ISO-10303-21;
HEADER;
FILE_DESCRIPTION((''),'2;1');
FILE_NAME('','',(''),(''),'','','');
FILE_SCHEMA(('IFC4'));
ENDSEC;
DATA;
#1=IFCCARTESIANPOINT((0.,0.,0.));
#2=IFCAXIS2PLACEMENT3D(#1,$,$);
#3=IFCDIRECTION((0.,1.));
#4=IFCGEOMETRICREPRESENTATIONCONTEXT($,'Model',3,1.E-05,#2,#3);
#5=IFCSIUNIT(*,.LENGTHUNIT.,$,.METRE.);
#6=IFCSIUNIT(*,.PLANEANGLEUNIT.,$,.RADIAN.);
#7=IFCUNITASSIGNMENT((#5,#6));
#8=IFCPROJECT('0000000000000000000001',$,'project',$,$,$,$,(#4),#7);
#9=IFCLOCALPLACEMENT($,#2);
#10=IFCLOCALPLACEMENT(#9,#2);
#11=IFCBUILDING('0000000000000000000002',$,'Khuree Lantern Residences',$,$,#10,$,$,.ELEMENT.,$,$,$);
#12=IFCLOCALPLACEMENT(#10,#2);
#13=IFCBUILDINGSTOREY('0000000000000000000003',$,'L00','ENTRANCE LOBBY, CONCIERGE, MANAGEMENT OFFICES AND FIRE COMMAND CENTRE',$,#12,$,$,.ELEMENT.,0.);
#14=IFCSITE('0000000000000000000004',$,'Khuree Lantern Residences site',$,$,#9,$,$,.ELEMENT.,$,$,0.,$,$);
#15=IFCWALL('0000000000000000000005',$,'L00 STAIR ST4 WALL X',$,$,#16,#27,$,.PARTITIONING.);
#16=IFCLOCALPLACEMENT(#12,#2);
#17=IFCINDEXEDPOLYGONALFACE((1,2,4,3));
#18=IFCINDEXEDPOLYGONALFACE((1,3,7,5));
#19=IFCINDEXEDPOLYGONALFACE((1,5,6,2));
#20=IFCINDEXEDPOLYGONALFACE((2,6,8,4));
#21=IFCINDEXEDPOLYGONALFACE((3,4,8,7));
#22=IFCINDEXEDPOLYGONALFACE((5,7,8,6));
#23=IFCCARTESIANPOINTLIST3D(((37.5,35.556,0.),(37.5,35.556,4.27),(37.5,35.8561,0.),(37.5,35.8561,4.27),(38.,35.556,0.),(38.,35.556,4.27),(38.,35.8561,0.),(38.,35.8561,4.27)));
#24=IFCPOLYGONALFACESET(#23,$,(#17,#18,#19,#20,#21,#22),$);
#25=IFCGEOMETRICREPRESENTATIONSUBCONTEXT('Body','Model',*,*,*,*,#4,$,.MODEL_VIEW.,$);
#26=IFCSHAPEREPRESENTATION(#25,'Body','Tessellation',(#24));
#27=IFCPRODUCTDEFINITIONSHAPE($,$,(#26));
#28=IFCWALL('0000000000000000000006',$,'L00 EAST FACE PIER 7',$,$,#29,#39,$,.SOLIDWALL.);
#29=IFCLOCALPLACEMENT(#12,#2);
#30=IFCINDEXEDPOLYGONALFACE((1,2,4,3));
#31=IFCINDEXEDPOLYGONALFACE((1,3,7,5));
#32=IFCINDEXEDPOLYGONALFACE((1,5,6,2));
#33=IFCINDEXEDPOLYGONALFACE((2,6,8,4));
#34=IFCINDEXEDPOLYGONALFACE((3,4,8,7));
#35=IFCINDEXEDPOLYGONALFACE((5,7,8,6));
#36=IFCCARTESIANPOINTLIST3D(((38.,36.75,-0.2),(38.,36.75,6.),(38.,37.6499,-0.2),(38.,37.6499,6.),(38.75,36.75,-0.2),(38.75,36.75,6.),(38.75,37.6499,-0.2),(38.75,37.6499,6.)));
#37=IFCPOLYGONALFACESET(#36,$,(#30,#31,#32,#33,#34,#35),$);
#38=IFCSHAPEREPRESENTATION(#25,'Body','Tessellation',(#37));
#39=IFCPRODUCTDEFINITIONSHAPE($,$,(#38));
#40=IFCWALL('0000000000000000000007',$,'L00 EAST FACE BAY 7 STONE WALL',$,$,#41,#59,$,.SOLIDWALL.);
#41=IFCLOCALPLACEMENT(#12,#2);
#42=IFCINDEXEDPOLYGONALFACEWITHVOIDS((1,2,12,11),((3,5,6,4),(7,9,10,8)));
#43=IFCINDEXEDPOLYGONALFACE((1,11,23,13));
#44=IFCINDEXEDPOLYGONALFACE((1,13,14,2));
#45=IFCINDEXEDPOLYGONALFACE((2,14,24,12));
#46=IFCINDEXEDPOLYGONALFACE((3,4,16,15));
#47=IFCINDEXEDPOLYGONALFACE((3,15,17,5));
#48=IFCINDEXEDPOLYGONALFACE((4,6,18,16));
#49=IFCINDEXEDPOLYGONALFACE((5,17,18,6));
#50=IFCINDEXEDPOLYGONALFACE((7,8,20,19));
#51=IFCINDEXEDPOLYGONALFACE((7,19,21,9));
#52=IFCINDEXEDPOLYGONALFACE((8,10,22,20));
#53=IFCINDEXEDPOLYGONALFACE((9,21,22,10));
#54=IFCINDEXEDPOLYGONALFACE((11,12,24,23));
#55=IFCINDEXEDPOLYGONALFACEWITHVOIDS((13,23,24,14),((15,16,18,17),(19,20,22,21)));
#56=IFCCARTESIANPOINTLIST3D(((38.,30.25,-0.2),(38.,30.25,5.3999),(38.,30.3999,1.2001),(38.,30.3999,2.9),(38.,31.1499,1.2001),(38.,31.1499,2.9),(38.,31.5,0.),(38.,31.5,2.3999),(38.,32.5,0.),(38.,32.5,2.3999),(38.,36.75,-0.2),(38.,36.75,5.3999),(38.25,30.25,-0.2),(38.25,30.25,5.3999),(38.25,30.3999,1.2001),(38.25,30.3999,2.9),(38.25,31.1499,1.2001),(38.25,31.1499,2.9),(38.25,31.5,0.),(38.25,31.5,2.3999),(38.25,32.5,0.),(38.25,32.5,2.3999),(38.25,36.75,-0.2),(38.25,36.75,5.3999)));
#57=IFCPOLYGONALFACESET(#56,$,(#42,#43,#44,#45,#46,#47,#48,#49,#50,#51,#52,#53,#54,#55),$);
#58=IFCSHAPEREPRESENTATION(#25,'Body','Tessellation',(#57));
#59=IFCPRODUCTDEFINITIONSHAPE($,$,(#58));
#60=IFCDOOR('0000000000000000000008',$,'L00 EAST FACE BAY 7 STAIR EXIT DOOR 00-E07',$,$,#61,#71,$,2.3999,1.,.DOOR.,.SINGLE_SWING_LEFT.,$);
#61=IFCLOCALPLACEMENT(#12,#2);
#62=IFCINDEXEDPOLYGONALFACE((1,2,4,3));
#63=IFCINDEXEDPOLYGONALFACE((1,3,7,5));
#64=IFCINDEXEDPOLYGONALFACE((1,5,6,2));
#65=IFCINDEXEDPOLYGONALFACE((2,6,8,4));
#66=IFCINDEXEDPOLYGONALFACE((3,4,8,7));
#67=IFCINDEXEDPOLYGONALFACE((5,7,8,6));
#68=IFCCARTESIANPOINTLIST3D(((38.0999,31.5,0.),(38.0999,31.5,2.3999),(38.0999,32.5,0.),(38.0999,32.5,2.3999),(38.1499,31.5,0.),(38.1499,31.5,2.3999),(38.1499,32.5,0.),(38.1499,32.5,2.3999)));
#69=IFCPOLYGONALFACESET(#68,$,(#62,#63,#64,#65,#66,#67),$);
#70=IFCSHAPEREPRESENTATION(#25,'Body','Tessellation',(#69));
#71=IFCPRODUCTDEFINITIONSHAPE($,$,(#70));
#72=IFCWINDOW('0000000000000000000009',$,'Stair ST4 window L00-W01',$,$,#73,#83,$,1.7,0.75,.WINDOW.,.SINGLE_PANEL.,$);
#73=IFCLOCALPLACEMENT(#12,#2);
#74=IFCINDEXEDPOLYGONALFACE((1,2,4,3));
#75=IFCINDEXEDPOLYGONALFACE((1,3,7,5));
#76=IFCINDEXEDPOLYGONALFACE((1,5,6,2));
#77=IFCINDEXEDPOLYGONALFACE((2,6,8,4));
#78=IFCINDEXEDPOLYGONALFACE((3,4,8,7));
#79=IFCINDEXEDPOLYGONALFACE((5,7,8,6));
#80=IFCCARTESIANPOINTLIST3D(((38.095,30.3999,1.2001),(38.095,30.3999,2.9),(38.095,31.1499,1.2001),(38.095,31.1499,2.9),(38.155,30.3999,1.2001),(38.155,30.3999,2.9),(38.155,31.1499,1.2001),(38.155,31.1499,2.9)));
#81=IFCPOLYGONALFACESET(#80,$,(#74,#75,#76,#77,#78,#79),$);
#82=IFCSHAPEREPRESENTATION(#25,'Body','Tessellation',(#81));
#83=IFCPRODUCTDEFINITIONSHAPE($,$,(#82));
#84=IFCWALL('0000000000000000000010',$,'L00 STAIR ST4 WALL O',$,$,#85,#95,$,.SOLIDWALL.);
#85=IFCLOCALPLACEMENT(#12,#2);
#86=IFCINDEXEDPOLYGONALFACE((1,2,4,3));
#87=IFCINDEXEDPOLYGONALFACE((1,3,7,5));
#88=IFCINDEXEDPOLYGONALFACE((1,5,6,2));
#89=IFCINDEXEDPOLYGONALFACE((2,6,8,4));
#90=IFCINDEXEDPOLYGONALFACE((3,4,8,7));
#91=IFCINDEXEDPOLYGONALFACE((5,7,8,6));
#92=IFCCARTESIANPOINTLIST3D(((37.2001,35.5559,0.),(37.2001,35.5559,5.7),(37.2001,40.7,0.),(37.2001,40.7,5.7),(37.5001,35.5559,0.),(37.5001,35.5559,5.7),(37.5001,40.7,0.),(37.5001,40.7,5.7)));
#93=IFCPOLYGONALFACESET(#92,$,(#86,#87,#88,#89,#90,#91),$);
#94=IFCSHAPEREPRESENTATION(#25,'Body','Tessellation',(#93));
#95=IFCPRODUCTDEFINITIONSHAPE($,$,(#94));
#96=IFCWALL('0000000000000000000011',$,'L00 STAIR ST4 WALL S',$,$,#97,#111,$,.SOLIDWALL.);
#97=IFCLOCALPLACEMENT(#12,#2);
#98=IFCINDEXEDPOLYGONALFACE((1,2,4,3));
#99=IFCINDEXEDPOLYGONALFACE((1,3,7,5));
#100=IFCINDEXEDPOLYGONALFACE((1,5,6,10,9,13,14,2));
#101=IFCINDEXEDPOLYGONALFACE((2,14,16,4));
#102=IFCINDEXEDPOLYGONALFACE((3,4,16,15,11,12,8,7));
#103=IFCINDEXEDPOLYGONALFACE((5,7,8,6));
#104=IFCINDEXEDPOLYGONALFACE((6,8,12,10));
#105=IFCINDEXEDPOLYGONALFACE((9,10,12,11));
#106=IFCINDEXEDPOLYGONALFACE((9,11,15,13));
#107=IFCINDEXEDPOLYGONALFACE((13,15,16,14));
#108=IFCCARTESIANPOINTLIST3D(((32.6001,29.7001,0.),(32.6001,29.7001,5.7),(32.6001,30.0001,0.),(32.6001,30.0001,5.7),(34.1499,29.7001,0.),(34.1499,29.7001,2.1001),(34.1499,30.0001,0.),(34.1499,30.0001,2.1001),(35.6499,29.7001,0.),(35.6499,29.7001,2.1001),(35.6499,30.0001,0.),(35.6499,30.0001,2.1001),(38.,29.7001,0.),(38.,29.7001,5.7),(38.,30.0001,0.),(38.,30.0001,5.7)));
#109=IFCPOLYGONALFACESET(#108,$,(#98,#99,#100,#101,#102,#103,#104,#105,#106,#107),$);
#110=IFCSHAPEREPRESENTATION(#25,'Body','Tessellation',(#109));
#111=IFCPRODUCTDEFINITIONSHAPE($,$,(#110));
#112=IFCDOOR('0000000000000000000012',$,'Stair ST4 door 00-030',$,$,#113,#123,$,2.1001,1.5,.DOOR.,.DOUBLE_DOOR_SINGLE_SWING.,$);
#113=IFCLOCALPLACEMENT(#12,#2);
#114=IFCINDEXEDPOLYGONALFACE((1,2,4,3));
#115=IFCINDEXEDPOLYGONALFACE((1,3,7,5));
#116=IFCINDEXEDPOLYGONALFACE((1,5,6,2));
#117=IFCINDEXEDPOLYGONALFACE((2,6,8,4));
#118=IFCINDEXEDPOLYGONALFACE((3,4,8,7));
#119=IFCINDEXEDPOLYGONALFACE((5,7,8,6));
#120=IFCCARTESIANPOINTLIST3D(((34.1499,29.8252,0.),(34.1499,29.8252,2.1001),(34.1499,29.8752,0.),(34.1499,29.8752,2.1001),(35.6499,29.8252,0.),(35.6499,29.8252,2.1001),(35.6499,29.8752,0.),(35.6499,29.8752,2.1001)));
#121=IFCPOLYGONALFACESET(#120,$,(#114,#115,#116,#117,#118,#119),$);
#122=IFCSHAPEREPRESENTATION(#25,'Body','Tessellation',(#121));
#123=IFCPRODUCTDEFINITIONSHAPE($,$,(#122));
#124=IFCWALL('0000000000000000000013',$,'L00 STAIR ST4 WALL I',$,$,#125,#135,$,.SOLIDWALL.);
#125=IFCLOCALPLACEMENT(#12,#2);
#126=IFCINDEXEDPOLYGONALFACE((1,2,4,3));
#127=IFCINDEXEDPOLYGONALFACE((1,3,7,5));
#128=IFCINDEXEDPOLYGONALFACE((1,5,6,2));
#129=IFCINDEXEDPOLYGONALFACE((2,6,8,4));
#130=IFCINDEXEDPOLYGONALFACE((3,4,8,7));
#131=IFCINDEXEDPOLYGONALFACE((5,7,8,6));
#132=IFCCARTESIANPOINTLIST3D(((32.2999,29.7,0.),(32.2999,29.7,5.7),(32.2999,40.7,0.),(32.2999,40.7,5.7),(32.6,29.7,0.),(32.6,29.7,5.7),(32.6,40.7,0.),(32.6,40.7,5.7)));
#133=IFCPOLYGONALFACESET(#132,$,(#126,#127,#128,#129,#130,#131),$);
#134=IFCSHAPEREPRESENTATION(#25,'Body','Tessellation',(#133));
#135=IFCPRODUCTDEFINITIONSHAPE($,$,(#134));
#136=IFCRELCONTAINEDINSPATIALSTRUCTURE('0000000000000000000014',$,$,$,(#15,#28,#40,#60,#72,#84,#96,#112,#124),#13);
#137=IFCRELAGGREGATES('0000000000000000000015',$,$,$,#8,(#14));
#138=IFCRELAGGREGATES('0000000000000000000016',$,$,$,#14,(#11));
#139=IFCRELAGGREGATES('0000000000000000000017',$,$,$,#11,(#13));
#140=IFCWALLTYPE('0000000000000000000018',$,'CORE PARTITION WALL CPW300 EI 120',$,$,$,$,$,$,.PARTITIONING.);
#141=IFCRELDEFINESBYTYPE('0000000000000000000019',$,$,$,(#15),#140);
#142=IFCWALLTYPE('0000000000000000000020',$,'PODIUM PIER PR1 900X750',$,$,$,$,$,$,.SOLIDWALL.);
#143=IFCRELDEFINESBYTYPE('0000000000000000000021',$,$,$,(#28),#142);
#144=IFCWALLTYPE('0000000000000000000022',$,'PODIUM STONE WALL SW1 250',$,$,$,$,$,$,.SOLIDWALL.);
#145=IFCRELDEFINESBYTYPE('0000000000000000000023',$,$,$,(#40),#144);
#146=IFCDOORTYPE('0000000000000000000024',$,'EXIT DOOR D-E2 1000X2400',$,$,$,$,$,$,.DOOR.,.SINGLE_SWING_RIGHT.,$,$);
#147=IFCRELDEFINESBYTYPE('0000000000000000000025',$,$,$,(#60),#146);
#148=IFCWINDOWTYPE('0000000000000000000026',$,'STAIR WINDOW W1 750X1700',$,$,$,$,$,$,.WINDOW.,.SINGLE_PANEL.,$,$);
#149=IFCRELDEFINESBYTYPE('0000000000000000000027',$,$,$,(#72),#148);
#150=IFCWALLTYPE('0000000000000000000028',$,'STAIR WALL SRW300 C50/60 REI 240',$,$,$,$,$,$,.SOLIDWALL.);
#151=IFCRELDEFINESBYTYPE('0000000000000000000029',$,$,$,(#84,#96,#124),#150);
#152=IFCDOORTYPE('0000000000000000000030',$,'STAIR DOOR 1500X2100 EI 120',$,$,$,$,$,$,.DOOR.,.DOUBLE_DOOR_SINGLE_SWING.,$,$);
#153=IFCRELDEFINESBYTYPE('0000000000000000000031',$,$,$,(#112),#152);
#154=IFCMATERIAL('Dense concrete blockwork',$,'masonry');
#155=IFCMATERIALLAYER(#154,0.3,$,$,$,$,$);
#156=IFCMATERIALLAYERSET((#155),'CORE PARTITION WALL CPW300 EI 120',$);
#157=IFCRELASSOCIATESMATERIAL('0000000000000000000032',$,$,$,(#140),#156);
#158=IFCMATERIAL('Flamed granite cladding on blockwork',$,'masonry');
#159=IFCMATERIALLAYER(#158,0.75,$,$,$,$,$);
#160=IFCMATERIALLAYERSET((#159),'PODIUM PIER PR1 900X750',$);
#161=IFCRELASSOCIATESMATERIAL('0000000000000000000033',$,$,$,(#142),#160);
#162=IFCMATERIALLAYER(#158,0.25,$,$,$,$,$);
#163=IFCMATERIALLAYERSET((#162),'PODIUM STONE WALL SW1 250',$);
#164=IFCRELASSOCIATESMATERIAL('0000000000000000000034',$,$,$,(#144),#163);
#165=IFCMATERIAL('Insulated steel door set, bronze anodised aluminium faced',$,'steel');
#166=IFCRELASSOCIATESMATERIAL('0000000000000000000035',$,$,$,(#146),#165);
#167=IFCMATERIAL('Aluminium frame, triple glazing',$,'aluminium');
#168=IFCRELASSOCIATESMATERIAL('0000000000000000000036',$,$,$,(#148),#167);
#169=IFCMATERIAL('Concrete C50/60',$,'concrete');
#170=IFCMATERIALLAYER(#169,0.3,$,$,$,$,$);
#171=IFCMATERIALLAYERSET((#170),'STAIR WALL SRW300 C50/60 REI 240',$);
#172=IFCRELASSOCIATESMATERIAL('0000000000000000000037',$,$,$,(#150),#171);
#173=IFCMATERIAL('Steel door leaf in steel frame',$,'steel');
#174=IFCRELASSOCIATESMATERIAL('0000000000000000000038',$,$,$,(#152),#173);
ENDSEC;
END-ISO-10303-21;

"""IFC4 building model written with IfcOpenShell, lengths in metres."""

from ifc_helpers import new_model, si_unit, direction, frame, frame_2d, origin, place, context, subcontext, project, spatial, rectangle, extrude, material, layer, layer_set, type_object, element, fill, save


model = new_model("IFC4")

# Units and contexts
model_context = context("Model", 3, precision=1e-05, world=origin(), true_north=direction((0.0, 1.0)))
body_context = subcontext(model_context, "Body", "Model", "MODEL_VIEW")
ifc_project = project(units=[si_unit("LENGTHUNIT", "METRE"), si_unit("PLANEANGLEUNIT", "RADIAN")], contexts=[model_context])

# Site, building, storey
site_placement = place(None, origin())
site = spatial("IfcSite", under=ifc_project, at=site_placement, Name="Khuree Lantern Residences site", CompositionType="ELEMENT", RefElevation=0.0)
building_placement = place(site_placement, origin())
building = spatial("IfcBuilding", under=site, at=building_placement, Name="Khuree Lantern Residences", CompositionType="ELEMENT")
storey_placement = place(building_placement, origin())
storey = spatial("IfcBuildingStorey", under=building, at=storey_placement, Name="L00", Description="ENTRANCE LOBBY, CONCIERGE, MANAGEMENT OFFICES AND FIRE COMMAND CENTRE", CompositionType="ELEMENT", Elevation=0.0)

# Walls
ifc_material_1 = material(Name="Dense concrete blockwork", Category="masonry")
ifc_layer_1 = layer(ifc_material_1, 0.3)
ifc_layer_set_1 = layer_set([ifc_layer_1], Name="CORE PARTITION WALL CPW300 EI 120")
wall_type_1 = type_object("IfcWallType", Name="CORE PARTITION WALL CPW300 EI 120", PredefinedType="PARTITIONING", material=ifc_layer_set_1)
wall_1_placement = place(storey_placement, frame((38.0, 35.7061, 0.0), z_axis=(0.0, 0.0, 1.0), x_axis=(-1.0, 0.0, 0.0)))
element("IfcWall", 1, at=wall_1_placement, inside=storey, type_object=wall_type_1, Name="L00 STAIR ST4 WALL X", PredefinedType="PARTITIONING", context=body_context, shape_type="SweptSolid", body=[
    extrude(rectangle(XDim=0.5, YDim=0.3, at=frame_2d((0.25, 0.0))), origin(), (0.0, 0.0, 1.0), 4.27),
])
ifc_material_2 = material(Name="Flamed granite cladding on blockwork", Category="masonry")
ifc_layer_2 = layer(ifc_material_2, 0.75)
ifc_layer_set_2 = layer_set([ifc_layer_2], Name="PODIUM PIER PR1 900X750")
wall_type_2 = type_object("IfcWallType", Name="PODIUM PIER PR1 900X750", PredefinedType="SOLIDWALL", material=ifc_layer_set_2)
wall_2_placement = place(storey_placement, frame((38.375, 36.75, -0.2), z_axis=(0.0, 0.0, 1.0), x_axis=(0.0, 1.0, 0.0)))
element("IfcWall", 2, at=wall_2_placement, inside=storey, type_object=wall_type_2, Name="L00 EAST FACE PIER 7", PredefinedType="SOLIDWALL", context=body_context, shape_type="SweptSolid", body=[
    extrude(rectangle(XDim=0.8999, YDim=0.75, at=frame_2d((0.45, 0.0))), origin(), (0.0, 0.0, 1.0), 6.2),
])

# Wall, openings, door, window
ifc_layer_3 = layer(ifc_material_2, 0.25)
ifc_layer_set_3 = layer_set([ifc_layer_3], Name="PODIUM STONE WALL SW1 250")
wall_type_3 = type_object("IfcWallType", Name="PODIUM STONE WALL SW1 250", PredefinedType="SOLIDWALL", material=ifc_layer_set_3)
wall_3_placement = place(storey_placement, frame((38.125, 30.25, -0.2), z_axis=(0.0, 0.0, 1.0), x_axis=(0.0, 1.0, 0.0)))
wall_3 = element("IfcWall", 3, at=wall_3_placement, inside=storey, type_object=wall_type_3, Name="L00 EAST FACE BAY 7 STONE WALL", PredefinedType="SOLIDWALL", context=body_context, shape_type="SweptSolid", body=[
    extrude(rectangle(XDim=6.5, YDim=0.25, at=frame_2d((3.25, 0.0))), origin(), (0.0, 0.0, 1.0), 5.5999),
])
opening_1_placement = place(wall_3_placement, frame((0.1499, 0.0, 1.3999)))
opening_1 = element("IfcOpeningElement", 4, at=opening_1_placement, cuts=wall_3, PredefinedType="OPENING", context=body_context, shape_type="SweptSolid", body=[
    extrude(rectangle(XDim=0.75, YDim=1.7, at=frame_2d((0.375, 0.8501))), frame((0.0, 0.135, 0.0), z_axis=(0.0, -1.0, 0.0), x_axis=(1.0, 0.0, 0.0)), (0.0, 0.0, 1.0), 0.27),
])
opening_2_placement = place(wall_3_placement, frame((2.25, 0.0, 0.2), z_axis=(0.0, 0.0, 1.0), x_axis=(-1.0, 0.0, 0.0)))
opening_2 = element("IfcOpeningElement", 5, at=opening_2_placement, cuts=wall_3, PredefinedType="OPENING", context=body_context, shape_type="SweptSolid", body=[
    extrude(rectangle(XDim=1.0, YDim=2.3999, at=frame_2d((0.5, 1.2))), frame((0.0, 0.135, 0.0), z_axis=(0.0, -1.0, 0.0), x_axis=(1.0, 0.0, 0.0)), (0.0, 0.0, 1.0), 0.27),
])
ifc_material_3 = material(Name="Insulated steel door set, bronze anodised aluminium faced", Category="steel")
door_type_1 = type_object("IfcDoorType", Name="EXIT DOOR D-E2 1000X2400", OperationType="SINGLE_SWING_RIGHT", PredefinedType="DOOR", material=ifc_material_3)
door_1_placement = place(opening_2_placement, origin())
door_1 = element("IfcDoor", 6, at=door_1_placement, inside=storey, type_object=door_type_1, Name="L00 EAST FACE BAY 7 STAIR EXIT DOOR 00-E07", OperationType="SINGLE_SWING_LEFT", OverallHeight=2.3999, OverallWidth=1.0, PredefinedType="DOOR", context=body_context, shape_type="SweptSolid", body=[
    extrude(rectangle(XDim=1.0, YDim=2.3999, at=frame_2d((0.5, 1.2))), frame((0.0, 0.0249, 0.0), z_axis=(0.0, -1.0, 0.0), x_axis=(1.0, 0.0, 0.0)), (0.0, 0.0, 1.0), 0.05),
])
fill(opening_2, door_1)
ifc_material_4 = material(Name="Aluminium frame, triple glazing", Category="aluminium")
window_type = type_object("IfcWindowType", Name="STAIR WINDOW W1 750X1700", PartitioningType="SINGLE_PANEL", PredefinedType="WINDOW", material=ifc_material_4)
window_placement = place(opening_1_placement, origin())
window = element("IfcWindow", 7, at=window_placement, inside=storey, type_object=window_type, Name="Stair ST4 window L00-W01", OverallHeight=1.7, OverallWidth=0.75, PartitioningType="SINGLE_PANEL", PredefinedType="WINDOW", context=body_context, shape_type="SweptSolid", body=[
    extrude(rectangle(XDim=0.75, YDim=1.7, at=frame_2d((0.375, 0.8501))), frame((0.0, 0.03, 0.0), z_axis=(0.0, -1.0, 0.0), x_axis=(1.0, 0.0, 0.0)), (0.0, 0.0, 1.0), 0.0601),
])
fill(opening_1, window)

# Wall
ifc_material_5 = material(Name="Concrete C50/60", Category="concrete")
ifc_layer_4 = layer(ifc_material_5, 0.3)
ifc_layer_set_4 = layer_set([ifc_layer_4], Name="STAIR WALL SRW300 C50/60 REI 240")
wall_type_4 = type_object("IfcWallType", Name="STAIR WALL SRW300 C50/60 REI 240", PredefinedType="SOLIDWALL", material=ifc_layer_set_4)
wall_4_placement = place(storey_placement, frame((37.3501, 35.5559, 0.0), z_axis=(0.0, 0.0, 1.0), x_axis=(0.0, 1.0, 0.0)))
element("IfcWall", 8, at=wall_4_placement, inside=storey, type_object=wall_type_4, Name="L00 STAIR ST4 WALL O", PredefinedType="SOLIDWALL", context=body_context, shape_type="SweptSolid", body=[
    extrude(rectangle(XDim=5.144, YDim=0.3, at=frame_2d((2.572, 0.0))), origin(), (0.0, 0.0, 1.0), 5.7),
])

# Wall, opening, door
wall_5_placement = place(storey_placement, frame((38.0, 29.8501, 0.0), z_axis=(0.0, 0.0, 1.0), x_axis=(-1.0, 0.0, 0.0)))
wall_5 = element("IfcWall", 9, at=wall_5_placement, inside=storey, type_object=wall_type_4, Name="L00 STAIR ST4 WALL S", PredefinedType="SOLIDWALL", context=body_context, shape_type="SweptSolid", body=[
    extrude(rectangle(XDim=5.3999, YDim=0.3, at=frame_2d((2.7, 0.0))), origin(), (0.0, 0.0, 1.0), 5.7),
])
opening_3_placement = place(wall_5_placement, frame((2.3501, 0.0, 0.0)))
opening_3 = element("IfcOpeningElement", 10, at=opening_3_placement, cuts=wall_5, PredefinedType="OPENING", context=body_context, shape_type="SweptSolid", body=[
    extrude(rectangle(XDim=1.5, YDim=2.1001, at=frame_2d((0.75, 1.05))), frame((0.0, 0.1602, 0.0), z_axis=(0.0, -1.0, 0.0), x_axis=(1.0, 0.0, 0.0)), (0.0, 0.0, 1.0), 0.3201),
])
ifc_material_6 = material(Name="Steel door leaf in steel frame", Category="steel")
door_type_2 = type_object("IfcDoorType", Name="STAIR DOOR 1500X2100 EI 120", OperationType="DOUBLE_DOOR_SINGLE_SWING", PredefinedType="DOOR", material=ifc_material_6)
door_2_placement = place(opening_3_placement, origin())
door_2 = element("IfcDoor", 11, at=door_2_placement, inside=storey, type_object=door_type_2, Name="Stair ST4 door 00-030", OperationType="DOUBLE_DOOR_SINGLE_SWING", OverallHeight=2.1001, OverallWidth=1.5, PredefinedType="DOOR", context=body_context, shape_type="SweptSolid", body=[
    extrude(rectangle(XDim=1.5, YDim=2.1001, at=frame_2d((0.75, 1.05))), frame((0.0, 0.0249, 0.0), z_axis=(0.0, -1.0, 0.0), x_axis=(1.0, 0.0, 0.0)), (0.0, 0.0, 1.0), 0.05),
])
fill(opening_3, door_2)

# Wall
wall_6_placement = place(storey_placement, frame((32.45, 29.7, 0.0), z_axis=(0.0, 0.0, 1.0), x_axis=(0.0, 1.0, 0.0)))
element("IfcWall", 12, at=wall_6_placement, inside=storey, type_object=wall_type_4, Name="L00 STAIR ST4 WALL I", PredefinedType="SOLIDWALL", context=body_context, shape_type="SweptSolid", body=[
    extrude(rectangle(XDim=11.0, YDim=0.3, at=frame_2d((5.5, 0.0))), origin(), (0.0, 0.0, 1.0), 5.7),
])

save(model, "model.ifc")
